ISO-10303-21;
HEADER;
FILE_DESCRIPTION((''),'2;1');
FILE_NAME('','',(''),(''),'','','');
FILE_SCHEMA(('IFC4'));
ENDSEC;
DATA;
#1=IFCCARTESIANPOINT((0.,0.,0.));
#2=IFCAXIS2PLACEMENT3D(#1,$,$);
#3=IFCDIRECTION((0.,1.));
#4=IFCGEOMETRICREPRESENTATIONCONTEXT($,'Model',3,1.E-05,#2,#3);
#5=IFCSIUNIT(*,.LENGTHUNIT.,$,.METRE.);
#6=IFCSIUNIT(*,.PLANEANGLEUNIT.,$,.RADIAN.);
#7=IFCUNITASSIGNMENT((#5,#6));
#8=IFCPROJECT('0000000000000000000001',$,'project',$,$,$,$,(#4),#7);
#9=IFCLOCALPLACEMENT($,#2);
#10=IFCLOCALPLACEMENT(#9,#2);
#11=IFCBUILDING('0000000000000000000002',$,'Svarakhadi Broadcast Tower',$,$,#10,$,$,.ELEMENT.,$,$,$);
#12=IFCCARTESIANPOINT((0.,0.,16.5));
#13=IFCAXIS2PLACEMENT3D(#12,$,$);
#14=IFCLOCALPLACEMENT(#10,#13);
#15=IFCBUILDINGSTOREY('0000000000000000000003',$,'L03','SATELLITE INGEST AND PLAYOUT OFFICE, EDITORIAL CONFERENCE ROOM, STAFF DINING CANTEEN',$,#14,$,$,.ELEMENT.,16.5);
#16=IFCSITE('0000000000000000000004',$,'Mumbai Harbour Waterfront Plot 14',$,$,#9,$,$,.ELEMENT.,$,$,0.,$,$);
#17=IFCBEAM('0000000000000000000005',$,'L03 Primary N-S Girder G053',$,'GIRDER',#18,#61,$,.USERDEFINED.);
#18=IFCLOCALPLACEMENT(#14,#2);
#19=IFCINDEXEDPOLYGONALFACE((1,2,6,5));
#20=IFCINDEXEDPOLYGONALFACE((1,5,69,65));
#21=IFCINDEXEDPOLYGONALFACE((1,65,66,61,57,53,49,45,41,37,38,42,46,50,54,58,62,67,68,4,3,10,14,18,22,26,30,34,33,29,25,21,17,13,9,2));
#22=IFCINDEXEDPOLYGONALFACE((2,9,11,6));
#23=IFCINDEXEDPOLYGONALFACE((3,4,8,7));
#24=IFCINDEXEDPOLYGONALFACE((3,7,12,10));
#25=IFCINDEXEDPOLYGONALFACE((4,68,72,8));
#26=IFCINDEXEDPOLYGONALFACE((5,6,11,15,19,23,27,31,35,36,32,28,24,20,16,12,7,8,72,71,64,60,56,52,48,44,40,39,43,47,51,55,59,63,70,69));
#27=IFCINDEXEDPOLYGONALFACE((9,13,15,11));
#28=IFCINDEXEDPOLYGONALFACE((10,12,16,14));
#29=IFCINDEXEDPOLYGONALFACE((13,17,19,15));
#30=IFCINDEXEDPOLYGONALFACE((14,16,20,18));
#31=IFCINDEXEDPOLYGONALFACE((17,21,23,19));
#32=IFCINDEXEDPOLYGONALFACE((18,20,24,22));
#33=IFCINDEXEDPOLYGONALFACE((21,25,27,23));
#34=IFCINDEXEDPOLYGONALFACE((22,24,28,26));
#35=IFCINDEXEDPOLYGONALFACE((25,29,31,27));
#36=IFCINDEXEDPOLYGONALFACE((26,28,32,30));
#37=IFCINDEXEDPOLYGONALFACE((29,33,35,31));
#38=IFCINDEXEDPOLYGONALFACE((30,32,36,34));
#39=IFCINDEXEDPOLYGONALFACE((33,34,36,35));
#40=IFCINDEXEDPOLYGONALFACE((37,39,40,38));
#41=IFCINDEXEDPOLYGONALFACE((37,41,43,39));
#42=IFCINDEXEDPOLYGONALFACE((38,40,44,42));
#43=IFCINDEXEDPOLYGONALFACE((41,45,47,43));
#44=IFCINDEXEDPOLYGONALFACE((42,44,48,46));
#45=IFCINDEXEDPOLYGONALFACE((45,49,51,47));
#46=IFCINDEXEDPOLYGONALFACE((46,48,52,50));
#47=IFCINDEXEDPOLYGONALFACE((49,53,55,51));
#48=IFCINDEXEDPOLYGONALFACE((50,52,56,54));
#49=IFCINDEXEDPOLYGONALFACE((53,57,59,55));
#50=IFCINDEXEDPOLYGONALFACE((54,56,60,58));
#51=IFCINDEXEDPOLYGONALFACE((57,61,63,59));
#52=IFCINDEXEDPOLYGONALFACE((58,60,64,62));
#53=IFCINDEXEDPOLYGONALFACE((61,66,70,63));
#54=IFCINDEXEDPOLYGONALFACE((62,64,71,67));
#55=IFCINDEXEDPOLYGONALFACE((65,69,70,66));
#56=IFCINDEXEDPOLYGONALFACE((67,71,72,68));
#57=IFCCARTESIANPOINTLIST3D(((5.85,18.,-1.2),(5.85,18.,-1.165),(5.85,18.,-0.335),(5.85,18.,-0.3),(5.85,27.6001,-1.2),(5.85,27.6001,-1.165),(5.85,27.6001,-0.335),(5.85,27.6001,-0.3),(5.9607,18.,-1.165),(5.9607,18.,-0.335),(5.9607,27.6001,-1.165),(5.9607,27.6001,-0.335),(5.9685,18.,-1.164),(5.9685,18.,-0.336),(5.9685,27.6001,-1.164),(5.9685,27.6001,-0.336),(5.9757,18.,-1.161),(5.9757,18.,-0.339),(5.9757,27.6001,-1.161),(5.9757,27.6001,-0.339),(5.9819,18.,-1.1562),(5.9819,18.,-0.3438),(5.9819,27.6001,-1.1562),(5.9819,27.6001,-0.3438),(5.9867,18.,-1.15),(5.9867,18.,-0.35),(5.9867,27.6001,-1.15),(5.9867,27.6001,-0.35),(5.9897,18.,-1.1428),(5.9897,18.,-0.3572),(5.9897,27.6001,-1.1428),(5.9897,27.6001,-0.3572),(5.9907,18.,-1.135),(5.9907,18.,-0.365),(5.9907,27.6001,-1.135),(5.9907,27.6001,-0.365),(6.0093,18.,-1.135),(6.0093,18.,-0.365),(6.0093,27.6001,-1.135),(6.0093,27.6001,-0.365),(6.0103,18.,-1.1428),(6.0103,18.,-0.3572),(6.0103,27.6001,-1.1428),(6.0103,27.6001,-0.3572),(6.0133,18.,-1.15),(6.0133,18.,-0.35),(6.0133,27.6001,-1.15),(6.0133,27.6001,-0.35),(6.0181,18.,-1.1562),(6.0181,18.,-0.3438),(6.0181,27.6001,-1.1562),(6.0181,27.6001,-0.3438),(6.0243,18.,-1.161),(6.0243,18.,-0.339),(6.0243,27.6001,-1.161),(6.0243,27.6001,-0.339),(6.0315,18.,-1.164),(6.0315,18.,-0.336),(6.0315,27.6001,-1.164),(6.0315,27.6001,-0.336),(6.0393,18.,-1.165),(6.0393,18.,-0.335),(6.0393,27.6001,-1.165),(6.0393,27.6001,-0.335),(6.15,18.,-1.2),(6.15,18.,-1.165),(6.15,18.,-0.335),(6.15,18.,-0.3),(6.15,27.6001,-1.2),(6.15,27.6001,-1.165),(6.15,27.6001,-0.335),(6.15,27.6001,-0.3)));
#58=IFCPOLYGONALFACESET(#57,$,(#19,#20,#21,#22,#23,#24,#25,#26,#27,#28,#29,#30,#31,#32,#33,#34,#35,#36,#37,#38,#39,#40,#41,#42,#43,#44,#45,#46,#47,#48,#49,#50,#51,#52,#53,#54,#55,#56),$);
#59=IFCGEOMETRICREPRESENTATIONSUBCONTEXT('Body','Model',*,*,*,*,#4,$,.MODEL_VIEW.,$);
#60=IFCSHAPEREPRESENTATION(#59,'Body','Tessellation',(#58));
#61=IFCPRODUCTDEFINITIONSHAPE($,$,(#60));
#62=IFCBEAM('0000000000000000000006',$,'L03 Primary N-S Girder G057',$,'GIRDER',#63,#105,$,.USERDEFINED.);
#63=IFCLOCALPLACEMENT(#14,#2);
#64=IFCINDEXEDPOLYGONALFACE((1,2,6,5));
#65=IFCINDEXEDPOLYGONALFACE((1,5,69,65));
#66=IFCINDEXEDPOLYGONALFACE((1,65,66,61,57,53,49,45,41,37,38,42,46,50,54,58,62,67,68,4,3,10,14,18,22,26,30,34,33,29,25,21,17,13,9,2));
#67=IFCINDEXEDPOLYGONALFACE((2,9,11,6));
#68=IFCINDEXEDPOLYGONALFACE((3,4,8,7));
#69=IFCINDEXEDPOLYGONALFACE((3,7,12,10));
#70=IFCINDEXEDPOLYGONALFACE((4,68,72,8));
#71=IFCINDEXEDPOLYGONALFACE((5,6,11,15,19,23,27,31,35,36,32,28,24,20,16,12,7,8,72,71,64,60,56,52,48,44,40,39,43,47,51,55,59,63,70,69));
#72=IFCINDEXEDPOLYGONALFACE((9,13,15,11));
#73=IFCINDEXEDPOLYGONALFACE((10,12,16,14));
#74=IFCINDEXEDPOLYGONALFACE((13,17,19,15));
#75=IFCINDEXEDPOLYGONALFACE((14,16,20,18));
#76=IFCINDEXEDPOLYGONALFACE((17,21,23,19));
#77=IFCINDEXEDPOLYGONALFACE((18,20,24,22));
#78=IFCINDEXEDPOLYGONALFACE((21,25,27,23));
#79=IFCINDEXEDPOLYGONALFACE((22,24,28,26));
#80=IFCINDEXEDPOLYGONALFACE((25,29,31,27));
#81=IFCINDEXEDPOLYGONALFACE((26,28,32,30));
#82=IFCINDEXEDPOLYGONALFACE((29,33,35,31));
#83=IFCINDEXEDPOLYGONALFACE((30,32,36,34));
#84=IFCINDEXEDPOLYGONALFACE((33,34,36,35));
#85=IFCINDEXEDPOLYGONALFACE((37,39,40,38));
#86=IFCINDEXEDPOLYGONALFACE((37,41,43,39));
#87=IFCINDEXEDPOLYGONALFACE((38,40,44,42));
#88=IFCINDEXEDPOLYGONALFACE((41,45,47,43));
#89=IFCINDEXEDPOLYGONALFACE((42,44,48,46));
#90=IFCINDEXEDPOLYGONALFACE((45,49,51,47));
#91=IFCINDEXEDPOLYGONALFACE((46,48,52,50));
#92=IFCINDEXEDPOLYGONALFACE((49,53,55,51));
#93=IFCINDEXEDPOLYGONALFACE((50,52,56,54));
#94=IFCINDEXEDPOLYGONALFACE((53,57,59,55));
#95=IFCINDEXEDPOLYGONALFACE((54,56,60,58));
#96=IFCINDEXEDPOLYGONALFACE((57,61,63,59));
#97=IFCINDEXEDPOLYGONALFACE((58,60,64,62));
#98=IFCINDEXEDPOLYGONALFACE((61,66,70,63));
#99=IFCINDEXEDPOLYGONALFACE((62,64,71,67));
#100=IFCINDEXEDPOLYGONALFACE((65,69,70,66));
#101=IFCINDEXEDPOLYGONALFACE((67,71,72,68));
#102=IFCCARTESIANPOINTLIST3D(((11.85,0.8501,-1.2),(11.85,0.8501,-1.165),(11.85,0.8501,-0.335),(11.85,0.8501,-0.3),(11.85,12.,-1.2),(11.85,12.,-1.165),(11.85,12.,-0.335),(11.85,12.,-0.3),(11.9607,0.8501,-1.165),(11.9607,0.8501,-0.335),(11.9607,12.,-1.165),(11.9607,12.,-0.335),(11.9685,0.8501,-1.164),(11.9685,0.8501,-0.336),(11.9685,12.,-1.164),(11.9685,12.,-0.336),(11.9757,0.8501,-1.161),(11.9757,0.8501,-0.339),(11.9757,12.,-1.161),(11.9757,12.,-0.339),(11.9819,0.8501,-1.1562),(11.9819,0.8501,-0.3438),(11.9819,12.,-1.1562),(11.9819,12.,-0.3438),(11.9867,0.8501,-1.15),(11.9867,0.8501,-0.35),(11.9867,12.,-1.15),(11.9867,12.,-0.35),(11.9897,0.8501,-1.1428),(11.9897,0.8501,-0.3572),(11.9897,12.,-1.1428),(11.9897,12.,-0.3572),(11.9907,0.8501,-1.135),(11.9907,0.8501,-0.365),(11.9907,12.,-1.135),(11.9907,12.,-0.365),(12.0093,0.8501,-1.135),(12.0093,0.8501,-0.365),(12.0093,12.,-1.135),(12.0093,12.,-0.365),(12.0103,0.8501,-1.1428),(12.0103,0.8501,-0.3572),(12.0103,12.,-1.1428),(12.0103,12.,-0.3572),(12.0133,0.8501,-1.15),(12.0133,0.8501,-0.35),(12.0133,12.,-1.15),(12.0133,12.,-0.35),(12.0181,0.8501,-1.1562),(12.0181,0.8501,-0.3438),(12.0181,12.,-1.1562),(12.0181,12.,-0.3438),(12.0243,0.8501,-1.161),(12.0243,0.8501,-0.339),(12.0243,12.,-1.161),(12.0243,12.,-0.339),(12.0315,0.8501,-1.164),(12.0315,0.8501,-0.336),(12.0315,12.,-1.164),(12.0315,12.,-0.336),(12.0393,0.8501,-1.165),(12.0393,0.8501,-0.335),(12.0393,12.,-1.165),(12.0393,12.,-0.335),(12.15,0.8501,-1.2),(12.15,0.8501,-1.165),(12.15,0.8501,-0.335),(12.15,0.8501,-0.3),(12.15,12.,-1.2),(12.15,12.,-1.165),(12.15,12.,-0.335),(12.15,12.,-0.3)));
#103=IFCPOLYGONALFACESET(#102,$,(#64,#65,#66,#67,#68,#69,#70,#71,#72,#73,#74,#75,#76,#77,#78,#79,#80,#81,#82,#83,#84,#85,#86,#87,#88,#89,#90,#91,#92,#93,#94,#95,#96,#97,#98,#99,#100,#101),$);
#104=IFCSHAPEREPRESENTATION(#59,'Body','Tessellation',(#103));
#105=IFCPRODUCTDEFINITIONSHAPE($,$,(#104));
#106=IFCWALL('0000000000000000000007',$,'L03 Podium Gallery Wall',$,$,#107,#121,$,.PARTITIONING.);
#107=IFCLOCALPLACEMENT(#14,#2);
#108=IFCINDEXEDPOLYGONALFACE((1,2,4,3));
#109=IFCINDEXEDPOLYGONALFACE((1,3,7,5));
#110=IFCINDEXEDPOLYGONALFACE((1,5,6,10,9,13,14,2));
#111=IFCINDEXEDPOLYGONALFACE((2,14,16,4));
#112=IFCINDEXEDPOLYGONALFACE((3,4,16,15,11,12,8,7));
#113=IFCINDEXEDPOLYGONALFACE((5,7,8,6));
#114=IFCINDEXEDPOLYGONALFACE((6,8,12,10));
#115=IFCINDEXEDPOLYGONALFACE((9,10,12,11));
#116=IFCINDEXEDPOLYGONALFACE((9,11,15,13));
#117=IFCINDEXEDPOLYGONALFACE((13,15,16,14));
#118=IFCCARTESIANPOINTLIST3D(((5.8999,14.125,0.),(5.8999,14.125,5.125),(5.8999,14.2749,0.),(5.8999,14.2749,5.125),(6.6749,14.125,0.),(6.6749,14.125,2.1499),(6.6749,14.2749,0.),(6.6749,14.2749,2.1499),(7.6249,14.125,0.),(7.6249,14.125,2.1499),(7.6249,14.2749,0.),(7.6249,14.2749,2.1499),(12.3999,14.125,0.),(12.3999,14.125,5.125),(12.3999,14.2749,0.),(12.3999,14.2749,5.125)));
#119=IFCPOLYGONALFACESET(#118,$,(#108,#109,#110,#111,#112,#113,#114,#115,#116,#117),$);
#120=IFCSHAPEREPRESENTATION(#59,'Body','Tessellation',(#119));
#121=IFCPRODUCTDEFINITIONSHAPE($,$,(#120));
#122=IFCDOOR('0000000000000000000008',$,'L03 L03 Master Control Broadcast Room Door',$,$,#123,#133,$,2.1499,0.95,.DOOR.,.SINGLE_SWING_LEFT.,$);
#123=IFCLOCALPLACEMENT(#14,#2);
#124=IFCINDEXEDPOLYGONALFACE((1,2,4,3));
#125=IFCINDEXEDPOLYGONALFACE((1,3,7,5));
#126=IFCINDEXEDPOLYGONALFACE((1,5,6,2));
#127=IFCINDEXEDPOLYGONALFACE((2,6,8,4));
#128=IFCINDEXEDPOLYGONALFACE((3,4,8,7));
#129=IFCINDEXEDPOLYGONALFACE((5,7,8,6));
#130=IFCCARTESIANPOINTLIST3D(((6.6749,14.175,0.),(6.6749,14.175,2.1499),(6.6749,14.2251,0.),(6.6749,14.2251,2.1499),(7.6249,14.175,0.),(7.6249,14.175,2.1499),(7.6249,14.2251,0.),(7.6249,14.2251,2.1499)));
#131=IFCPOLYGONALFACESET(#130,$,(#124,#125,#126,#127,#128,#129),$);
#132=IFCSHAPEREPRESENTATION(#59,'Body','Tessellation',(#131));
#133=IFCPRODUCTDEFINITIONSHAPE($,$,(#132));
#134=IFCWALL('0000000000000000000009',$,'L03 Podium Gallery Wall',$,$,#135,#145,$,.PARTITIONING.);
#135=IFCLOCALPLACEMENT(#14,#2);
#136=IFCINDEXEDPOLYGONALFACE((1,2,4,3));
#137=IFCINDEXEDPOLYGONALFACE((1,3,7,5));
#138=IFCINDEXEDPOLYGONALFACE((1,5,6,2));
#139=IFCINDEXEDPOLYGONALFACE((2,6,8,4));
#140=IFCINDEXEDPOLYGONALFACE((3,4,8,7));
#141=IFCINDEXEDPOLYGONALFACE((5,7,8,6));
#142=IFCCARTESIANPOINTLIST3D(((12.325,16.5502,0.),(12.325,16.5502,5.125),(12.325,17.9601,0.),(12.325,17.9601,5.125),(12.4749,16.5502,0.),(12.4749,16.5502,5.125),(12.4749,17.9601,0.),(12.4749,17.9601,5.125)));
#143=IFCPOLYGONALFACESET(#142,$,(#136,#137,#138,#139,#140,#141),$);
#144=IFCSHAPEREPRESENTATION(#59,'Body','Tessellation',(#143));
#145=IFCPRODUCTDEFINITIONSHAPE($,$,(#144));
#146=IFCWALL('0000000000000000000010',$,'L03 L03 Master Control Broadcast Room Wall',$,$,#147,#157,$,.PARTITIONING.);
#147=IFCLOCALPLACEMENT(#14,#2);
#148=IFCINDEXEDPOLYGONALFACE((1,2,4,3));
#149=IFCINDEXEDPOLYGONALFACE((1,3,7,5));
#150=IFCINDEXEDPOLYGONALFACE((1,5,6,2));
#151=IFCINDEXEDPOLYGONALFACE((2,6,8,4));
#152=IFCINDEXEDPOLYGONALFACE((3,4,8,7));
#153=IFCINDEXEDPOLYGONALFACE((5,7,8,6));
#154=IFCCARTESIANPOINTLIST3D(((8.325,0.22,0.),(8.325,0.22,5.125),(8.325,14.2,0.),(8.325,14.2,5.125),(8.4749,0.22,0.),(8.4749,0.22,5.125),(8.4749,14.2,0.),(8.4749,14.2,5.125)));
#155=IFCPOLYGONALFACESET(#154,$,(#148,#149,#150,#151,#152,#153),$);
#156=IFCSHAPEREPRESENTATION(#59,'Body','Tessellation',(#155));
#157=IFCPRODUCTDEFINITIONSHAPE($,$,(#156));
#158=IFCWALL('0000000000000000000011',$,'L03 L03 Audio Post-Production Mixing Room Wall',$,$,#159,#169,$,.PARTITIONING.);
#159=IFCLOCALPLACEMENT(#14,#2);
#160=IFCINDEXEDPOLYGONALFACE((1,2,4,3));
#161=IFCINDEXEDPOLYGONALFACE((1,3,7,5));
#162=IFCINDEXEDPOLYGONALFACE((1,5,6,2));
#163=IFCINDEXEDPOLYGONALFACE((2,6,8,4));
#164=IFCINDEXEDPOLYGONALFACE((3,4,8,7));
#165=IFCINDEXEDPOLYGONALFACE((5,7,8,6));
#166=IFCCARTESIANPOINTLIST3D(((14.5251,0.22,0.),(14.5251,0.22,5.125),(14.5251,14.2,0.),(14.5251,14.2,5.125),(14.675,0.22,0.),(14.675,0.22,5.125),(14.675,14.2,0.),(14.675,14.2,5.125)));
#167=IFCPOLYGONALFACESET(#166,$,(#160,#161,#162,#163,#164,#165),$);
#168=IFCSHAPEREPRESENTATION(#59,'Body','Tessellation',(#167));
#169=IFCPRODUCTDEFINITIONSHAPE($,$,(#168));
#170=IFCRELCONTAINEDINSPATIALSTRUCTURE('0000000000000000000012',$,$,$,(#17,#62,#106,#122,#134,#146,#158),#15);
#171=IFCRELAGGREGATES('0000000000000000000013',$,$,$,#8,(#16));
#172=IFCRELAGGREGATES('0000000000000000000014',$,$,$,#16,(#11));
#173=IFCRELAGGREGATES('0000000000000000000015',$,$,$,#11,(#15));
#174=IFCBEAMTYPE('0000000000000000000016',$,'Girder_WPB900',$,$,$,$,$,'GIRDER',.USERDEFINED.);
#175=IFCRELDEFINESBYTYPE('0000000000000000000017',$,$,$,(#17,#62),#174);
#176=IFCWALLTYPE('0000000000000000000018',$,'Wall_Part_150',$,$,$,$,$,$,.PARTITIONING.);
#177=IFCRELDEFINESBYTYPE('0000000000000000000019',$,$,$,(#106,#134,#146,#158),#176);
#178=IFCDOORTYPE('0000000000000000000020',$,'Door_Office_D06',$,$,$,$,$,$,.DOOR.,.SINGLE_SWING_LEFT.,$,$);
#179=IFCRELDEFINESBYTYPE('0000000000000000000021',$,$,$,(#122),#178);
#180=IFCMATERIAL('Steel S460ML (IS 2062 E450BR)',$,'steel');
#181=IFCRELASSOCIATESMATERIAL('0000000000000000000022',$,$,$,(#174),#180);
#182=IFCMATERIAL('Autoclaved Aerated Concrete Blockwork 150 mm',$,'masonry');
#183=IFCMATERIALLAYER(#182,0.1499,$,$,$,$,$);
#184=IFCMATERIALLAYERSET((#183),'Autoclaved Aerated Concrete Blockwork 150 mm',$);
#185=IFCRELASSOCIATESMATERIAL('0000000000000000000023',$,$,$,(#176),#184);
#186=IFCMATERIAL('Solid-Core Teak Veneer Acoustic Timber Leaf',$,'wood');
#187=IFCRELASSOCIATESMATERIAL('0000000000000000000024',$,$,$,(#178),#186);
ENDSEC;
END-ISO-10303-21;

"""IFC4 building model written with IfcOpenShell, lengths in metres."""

from ifc_helpers import new_model, si_unit, direction, frame, frame_2d, origin, origin_2d, place, context, subcontext, project, spatial, rectangle, i_section, extrude, material, layer, layer_set, material_profile, profile_set, type_object, element, fill, save


model = new_model("IFC4")

# Units and contexts
model_context = context("Model", 3, precision=1e-05, world=origin(), true_north=direction((0.0, 1.0)))
body_context = subcontext(model_context, "Body", "Model", "MODEL_VIEW")
ifc_project = project(units=[si_unit("LENGTHUNIT", "METRE"), si_unit("PLANEANGLEUNIT", "RADIAN")], contexts=[model_context])

# Site, building, storey
site_placement = place(None, origin())
site = spatial("IfcSite", under=ifc_project, at=site_placement, Name="Mumbai Harbour Waterfront Plot 14", CompositionType="ELEMENT", RefElevation=0.0)
building_placement = place(site_placement, origin())
building = spatial("IfcBuilding", under=site, at=building_placement, Name="Svarakhadi Broadcast Tower", CompositionType="ELEMENT")
storey_placement = place(building_placement, frame((0.0, 0.0, 16.5)))
storey = spatial("IfcBuildingStorey", under=building, at=storey_placement, Name="L03", Description="SATELLITE INGEST AND PLAYOUT OFFICE, EDITORIAL CONFERENCE ROOM, STAFF DINING CANTEEN", CompositionType="ELEMENT", Elevation=16.5)

# Shared definitions
ifc_material_1 = material(Name="Steel S460ML (IS 2062 E450BR)", Category="steel")

# Beams
ifc_material_profile_1 = material_profile(ifc_material_1, i_section(OverallWidth=0.3, OverallDepth=0.8999, WebThickness=0.0186, FlangeThickness=0.0349, FilletRadius=0.03, at=origin_2d()), Name="WPB 900x300x291")
ifc_profile_set_1 = profile_set([ifc_material_profile_1], Name="Steel S460ML (IS 2062 E450BR)")
beam_type_1 = type_object("IfcBeamType", Name="Girder_WPB900", ElementType="GIRDER", PredefinedType="USERDEFINED", material=ifc_profile_set_1)
beam_1_placement = place(storey_placement, frame((6.0, 18.0, -0.75), z_axis=(0.0, 1.0, 0.0), x_axis=(-1.0, 0.0, 0.0)))
element("IfcBeam", 1, at=beam_1_placement, inside=storey, type_object=beam_type_1, Name="L03 Primary N-S Girder G053", ObjectType="GIRDER", PredefinedType="USERDEFINED", context=body_context, shape_type="SweptSolid", body=[
    extrude(i_section(OverallWidth=0.3, OverallDepth=0.8999, WebThickness=0.0186, FlangeThickness=0.0349, FilletRadius=0.03, at=origin_2d()), origin(), (0.0, 0.0, 1.0), 9.6001),
])
beam_2_placement = place(storey_placement, frame((12.0, 0.8501, -0.75), z_axis=(0.0, 1.0, 0.0), x_axis=(-1.0, 0.0, 0.0)))
element("IfcBeam", 2, at=beam_2_placement, inside=storey, type_object=beam_type_1, Name="L03 Primary N-S Girder G057", ObjectType="GIRDER", PredefinedType="USERDEFINED", context=body_context, shape_type="SweptSolid", body=[
    extrude(i_section(OverallWidth=0.3, OverallDepth=0.8999, WebThickness=0.0186, FlangeThickness=0.0349, FilletRadius=0.03, at=origin_2d()), origin(), (0.0, 0.0, 1.0), 11.1499),
])

# Wall, opening, door
ifc_material_2 = material(Name="Autoclaved Aerated Concrete Blockwork 150 mm", Category="masonry")
ifc_layer_1 = layer(ifc_material_2, 0.1499)
ifc_layer_set_1 = layer_set([ifc_layer_1], Name="Autoclaved Aerated Concrete Blockwork 150 mm")
wall_type_1 = type_object("IfcWallType", Name="Wall_Part_150", PredefinedType="PARTITIONING", material=ifc_layer_set_1)
wall_1_placement = place(storey_placement, frame((12.3999, 14.2, 0.0), z_axis=(0.0, 0.0, 1.0), x_axis=(-1.0, 0.0, 0.0)))
wall_1 = element("IfcWall", 3, at=wall_1_placement, inside=storey, type_object=wall_type_1, Name="L03 Podium Gallery Wall", PredefinedType="PARTITIONING", context=body_context, shape_type="SweptSolid", body=[
    extrude(rectangle(XDim=6.5, YDim=0.1499, at=frame_2d((3.25, 0.0))), origin(), (0.0, 0.0, 1.0), 5.125),
])
opening_1_placement = place(wall_1_placement, frame((4.7749, 0.0, 0.0)))
opening_1 = element("IfcOpeningElement", 4, at=opening_1_placement, cuts=wall_1, PredefinedType="OPENING", context=body_context, shape_type="SweptSolid", body=[
    extrude(rectangle(XDim=0.95, YDim=2.1499, at=frame_2d((0.4751, 1.075))), frame((0.0, 0.085, 0.0), z_axis=(0.0, -1.0, 0.0), x_axis=(1.0, 0.0, 0.0)), (0.0, 0.0, 1.0), 0.1699),
])
ifc_material_3 = material(Name="Solid-Core Teak Veneer Acoustic Timber Leaf", Category="wood")
door_type_1 = type_object("IfcDoorType", Name="Door_Office_D06", OperationType="SINGLE_SWING_LEFT", PredefinedType="DOOR", material=ifc_material_3)
door_1_placement = place(opening_1_placement, origin())
door_1 = element("IfcDoor", 5, at=door_1_placement, inside=storey, type_object=door_type_1, Name="L03 L03 Master Control Broadcast Room Door", OperationType="SINGLE_SWING_LEFT", OverallHeight=2.1499, OverallWidth=0.95, PredefinedType="DOOR", context=body_context, shape_type="SweptSolid", body=[
    extrude(rectangle(XDim=0.95, YDim=2.1499, at=frame_2d((0.4751, 1.075))), frame((0.0, 0.0249, 0.0), z_axis=(0.0, -1.0, 0.0), x_axis=(1.0, 0.0, 0.0)), (0.0, 0.0, 1.0), 0.05),
])
fill(opening_1, door_1)

# Walls
wall_2_placement = place(storey_placement, frame((12.3999, 16.55, 0.0), z_axis=(0.0, 0.0, 1.0), x_axis=(0.0, 1.0, 0.0)))
element("IfcWall", 6, at=wall_2_placement, inside=storey, type_object=wall_type_1, Name="L03 Podium Gallery Wall", PredefinedType="PARTITIONING", context=body_context, shape_type="SweptSolid", body=[
    extrude(rectangle(XDim=1.4099, YDim=0.1499, at=frame_2d((0.7051, 0.0))), origin(), (0.0, 0.0, 1.0), 5.125),
])
for number, where, z_axis, x_axis, name in (
    (7, (8.3999, 0.22, 0.0), (0.0, 0.0, 1.0), (0.0, 1.0, 0.0), "L03 L03 Master Control Broadcast Room Wall"),
    (8, (14.6001, 0.22, 0.0), (0.0, 0.0, 1.0), (0.0, 1.0, 0.0), "L03 L03 Audio Post-Production Mixing Room Wall"),
):
    element("IfcWall", number, at=place(storey_placement, frame(where, z_axis=z_axis, x_axis=x_axis)), inside=storey, type_object=wall_type_1, Name=name, PredefinedType="PARTITIONING", context=body_context, shape_type="SweptSolid", body=[
        extrude(rectangle(XDim=13.98, YDim=0.1499, at=frame_2d((6.99, 0.0))), origin(), (0.0, 0.0, 1.0), 5.125),
    ])

save(model, "model.ifc")
